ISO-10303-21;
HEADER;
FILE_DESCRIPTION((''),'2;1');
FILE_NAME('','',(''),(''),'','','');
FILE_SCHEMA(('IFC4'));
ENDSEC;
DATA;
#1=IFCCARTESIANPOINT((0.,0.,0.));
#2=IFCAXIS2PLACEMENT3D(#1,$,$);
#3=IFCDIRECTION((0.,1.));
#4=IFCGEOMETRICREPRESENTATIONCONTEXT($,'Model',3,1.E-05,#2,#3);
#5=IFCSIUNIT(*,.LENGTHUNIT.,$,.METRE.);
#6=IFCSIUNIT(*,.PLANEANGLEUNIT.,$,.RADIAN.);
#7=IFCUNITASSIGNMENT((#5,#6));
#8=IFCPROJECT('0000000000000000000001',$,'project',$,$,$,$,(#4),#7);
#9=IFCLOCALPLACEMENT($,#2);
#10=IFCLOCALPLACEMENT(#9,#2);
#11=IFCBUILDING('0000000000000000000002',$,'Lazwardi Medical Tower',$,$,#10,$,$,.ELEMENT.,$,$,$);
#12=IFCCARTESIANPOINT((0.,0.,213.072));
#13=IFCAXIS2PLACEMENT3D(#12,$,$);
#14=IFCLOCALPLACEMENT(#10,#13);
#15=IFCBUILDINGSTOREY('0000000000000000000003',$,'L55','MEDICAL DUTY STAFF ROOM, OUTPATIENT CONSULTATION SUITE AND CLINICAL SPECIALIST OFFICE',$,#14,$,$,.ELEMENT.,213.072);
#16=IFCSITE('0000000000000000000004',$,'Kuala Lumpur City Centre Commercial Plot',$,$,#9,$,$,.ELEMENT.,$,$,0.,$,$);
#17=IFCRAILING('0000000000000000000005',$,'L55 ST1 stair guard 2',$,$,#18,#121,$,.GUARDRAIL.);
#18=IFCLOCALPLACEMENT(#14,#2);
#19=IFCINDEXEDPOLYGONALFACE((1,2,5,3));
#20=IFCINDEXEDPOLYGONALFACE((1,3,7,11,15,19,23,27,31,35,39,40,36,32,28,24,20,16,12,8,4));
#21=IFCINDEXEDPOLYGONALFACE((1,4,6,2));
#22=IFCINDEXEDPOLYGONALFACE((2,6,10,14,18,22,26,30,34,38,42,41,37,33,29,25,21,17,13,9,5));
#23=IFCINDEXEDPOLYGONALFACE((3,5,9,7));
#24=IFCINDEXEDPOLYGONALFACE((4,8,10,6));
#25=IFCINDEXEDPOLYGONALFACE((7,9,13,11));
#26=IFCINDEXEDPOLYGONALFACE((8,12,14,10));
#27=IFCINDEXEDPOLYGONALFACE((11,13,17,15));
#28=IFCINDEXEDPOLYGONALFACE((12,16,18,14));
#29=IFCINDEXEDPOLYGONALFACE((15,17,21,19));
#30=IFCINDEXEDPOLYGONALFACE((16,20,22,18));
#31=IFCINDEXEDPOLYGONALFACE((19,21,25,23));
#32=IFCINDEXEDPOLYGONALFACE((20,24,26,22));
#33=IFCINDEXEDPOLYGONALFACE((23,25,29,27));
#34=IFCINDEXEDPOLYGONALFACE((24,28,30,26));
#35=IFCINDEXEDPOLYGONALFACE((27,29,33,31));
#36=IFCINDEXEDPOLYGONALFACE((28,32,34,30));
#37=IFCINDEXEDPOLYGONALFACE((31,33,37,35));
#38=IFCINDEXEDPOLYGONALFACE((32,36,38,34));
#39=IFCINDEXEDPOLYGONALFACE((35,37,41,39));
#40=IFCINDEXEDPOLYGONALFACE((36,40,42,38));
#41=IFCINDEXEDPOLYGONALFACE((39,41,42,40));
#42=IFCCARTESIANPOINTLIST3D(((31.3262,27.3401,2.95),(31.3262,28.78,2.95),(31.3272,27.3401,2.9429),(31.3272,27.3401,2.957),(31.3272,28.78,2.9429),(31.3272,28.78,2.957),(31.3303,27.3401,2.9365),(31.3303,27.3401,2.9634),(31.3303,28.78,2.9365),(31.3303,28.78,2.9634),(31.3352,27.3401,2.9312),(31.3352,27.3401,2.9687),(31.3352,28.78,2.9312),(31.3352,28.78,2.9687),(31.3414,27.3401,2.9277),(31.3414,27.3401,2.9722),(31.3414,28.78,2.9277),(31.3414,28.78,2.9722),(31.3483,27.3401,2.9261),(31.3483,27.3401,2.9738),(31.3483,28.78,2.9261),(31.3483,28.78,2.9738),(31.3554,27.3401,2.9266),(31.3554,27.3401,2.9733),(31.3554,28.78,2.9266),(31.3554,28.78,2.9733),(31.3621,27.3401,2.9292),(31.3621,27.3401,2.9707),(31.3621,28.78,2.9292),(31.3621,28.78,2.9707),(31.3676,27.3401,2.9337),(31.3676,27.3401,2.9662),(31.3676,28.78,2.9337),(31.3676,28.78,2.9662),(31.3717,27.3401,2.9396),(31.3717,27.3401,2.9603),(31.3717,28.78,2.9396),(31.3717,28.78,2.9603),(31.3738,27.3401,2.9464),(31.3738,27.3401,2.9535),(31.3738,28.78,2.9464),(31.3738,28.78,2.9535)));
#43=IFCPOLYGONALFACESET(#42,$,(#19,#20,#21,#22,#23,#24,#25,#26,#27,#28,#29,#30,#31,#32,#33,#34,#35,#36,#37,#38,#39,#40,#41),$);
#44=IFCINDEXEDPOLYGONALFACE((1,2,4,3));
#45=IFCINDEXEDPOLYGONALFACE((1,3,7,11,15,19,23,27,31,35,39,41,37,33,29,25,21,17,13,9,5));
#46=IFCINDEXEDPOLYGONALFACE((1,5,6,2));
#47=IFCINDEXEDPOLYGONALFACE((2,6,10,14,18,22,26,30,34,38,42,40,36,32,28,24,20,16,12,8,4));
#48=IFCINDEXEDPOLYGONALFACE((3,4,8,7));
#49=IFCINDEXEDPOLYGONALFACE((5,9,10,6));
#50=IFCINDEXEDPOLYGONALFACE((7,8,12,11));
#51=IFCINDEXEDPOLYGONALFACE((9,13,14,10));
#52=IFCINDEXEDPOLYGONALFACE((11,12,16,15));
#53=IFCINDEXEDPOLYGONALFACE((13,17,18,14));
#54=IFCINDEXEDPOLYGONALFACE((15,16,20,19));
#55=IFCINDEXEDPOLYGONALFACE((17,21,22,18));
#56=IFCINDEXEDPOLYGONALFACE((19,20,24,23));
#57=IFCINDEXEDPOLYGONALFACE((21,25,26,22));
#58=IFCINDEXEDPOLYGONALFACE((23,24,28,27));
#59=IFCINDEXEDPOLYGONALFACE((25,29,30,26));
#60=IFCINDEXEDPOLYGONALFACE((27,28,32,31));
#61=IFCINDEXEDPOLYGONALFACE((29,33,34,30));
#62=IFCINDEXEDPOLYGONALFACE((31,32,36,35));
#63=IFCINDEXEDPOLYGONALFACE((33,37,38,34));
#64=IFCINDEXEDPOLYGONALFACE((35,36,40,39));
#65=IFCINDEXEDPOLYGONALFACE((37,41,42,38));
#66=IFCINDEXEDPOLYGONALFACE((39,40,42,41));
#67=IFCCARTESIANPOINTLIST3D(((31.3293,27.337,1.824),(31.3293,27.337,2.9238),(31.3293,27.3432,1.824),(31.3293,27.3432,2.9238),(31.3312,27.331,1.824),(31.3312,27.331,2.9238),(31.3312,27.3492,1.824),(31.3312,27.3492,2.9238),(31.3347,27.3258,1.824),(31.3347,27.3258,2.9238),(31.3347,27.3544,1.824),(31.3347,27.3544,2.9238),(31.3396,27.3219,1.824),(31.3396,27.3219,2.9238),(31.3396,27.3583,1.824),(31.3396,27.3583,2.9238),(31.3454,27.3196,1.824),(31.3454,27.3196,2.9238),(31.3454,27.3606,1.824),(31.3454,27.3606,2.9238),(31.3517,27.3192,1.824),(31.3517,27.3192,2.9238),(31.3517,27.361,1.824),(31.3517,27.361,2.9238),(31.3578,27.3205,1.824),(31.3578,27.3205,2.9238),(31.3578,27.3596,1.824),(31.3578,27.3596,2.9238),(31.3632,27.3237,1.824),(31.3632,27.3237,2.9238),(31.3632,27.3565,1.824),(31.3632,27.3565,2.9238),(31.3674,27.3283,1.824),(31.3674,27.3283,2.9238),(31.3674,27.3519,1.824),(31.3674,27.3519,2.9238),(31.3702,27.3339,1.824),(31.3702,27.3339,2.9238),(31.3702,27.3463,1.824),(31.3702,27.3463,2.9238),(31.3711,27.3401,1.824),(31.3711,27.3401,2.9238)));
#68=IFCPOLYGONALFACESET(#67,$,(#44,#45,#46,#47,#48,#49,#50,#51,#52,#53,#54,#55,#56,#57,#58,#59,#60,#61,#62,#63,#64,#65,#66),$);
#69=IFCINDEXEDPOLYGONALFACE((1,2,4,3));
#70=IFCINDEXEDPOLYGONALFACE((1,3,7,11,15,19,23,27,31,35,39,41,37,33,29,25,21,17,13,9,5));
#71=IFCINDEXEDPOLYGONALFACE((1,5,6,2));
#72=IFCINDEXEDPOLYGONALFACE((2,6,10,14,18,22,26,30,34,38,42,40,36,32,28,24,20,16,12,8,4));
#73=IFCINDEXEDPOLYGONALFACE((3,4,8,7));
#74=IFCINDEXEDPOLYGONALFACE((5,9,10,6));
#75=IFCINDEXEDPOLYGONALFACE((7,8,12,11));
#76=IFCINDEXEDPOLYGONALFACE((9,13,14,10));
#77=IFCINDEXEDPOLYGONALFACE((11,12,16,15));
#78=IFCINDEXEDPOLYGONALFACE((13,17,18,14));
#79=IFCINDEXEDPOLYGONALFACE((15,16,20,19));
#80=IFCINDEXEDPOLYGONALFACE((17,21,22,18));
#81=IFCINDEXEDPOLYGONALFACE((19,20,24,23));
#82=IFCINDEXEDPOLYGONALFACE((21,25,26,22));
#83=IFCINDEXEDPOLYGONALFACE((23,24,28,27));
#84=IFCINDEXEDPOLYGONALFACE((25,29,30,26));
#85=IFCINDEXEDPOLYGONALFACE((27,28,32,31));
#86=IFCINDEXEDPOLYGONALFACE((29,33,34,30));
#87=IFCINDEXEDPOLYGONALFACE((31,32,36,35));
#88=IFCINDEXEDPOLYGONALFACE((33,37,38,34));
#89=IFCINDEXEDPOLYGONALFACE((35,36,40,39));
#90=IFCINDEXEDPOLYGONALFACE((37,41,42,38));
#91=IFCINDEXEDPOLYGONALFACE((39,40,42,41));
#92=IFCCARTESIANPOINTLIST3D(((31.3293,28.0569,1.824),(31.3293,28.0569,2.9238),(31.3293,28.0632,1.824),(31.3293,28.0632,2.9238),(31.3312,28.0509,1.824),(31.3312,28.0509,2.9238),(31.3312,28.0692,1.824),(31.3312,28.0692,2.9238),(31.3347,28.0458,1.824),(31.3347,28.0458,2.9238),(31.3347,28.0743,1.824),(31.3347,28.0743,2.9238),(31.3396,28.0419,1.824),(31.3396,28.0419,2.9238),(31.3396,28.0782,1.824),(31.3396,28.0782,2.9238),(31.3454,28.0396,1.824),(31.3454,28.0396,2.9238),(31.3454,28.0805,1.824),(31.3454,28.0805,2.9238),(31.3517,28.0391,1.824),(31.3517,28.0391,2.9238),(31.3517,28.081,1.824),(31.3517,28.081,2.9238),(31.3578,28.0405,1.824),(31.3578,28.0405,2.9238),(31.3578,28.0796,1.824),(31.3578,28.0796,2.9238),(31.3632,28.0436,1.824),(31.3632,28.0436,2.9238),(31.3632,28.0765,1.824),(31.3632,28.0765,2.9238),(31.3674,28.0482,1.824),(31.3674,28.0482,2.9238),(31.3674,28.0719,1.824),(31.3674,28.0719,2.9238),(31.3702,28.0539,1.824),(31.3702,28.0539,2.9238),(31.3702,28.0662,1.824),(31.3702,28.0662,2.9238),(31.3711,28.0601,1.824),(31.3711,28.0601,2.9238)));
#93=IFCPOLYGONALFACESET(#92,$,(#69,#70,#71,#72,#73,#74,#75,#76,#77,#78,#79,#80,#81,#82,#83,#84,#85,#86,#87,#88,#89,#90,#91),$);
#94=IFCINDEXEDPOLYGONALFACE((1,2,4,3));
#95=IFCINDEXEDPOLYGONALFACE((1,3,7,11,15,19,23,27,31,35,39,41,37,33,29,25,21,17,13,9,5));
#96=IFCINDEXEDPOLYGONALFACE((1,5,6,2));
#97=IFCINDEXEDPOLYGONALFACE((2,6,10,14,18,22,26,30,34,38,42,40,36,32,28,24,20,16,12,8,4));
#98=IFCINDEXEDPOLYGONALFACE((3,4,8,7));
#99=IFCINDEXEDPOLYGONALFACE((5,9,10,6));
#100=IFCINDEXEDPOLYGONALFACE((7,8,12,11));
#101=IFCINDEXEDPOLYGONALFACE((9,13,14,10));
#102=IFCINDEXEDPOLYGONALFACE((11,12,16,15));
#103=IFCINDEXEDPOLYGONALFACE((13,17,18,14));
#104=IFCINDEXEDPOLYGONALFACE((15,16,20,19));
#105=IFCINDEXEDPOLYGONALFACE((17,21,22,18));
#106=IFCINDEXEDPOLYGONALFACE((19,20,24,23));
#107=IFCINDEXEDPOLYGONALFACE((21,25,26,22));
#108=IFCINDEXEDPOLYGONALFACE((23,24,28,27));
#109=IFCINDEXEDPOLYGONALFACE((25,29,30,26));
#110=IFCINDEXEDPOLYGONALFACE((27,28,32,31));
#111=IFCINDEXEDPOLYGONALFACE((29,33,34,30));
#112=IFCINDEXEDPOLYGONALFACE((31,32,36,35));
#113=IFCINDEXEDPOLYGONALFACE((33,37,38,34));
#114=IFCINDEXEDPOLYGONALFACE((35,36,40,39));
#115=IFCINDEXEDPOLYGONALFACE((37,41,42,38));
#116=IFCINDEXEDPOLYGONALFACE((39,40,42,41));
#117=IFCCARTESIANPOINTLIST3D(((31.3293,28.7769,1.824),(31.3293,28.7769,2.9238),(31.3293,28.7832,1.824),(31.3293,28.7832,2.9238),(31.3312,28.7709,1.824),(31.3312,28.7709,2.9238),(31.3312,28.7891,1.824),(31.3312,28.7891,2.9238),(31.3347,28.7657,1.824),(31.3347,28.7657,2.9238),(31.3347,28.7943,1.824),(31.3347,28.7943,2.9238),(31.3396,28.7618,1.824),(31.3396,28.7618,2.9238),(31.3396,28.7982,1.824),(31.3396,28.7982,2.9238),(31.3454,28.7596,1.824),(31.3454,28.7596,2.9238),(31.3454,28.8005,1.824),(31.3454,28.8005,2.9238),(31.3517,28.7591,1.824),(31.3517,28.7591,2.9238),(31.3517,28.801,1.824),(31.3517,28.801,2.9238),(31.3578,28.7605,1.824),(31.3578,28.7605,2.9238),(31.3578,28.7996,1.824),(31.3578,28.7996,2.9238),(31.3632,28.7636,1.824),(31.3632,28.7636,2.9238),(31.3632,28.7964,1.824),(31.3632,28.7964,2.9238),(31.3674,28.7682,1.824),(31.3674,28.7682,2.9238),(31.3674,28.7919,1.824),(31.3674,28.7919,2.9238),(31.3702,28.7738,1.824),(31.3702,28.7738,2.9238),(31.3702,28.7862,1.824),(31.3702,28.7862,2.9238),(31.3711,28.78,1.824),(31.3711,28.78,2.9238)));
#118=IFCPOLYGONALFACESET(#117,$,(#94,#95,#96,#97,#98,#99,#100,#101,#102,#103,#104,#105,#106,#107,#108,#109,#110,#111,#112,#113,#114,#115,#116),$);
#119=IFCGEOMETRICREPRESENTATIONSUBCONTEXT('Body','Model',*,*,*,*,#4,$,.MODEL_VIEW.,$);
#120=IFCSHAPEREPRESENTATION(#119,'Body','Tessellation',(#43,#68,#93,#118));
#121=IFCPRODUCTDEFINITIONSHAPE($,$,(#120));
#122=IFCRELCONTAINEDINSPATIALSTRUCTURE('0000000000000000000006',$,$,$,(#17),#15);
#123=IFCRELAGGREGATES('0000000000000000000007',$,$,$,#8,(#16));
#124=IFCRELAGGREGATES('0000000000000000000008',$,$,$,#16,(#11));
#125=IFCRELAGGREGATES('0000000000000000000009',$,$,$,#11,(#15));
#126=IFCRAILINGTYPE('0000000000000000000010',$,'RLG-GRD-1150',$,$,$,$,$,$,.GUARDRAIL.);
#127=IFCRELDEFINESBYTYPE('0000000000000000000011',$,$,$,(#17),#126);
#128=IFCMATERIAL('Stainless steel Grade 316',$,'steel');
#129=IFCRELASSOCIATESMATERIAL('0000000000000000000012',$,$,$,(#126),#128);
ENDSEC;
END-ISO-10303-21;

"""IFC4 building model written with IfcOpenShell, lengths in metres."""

from ifc_helpers import new_model, si_unit, direction, frame, origin, origin_2d, place, context, subcontext, project, spatial, circle, extrude, material, type_object, element, save


model = new_model("IFC4")

# Units and contexts
model_context = context("Model", 3, precision=1e-05, world=origin(), true_north=direction((0.0, 1.0)))
body_context = subcontext(model_context, "Body", "Model", "MODEL_VIEW")
ifc_project = project(units=[si_unit("LENGTHUNIT", "METRE"), si_unit("PLANEANGLEUNIT", "RADIAN")], contexts=[model_context])

# Site, building, storey
site_placement = place(None, origin())
site = spatial("IfcSite", under=ifc_project, at=site_placement, Name="Kuala Lumpur City Centre Commercial Plot", CompositionType="ELEMENT", RefElevation=0.0)
building_placement = place(site_placement, origin())
building = spatial("IfcBuilding", under=site, at=building_placement, Name="Lazwardi Medical Tower", CompositionType="ELEMENT")
storey_placement = place(building_placement, frame((0.0, 0.0, 213.072)))
storey = spatial("IfcBuildingStorey", under=building, at=storey_placement, Name="L55", Description="MEDICAL DUTY STAFF ROOM, OUTPATIENT CONSULTATION SUITE AND CLINICAL SPECIALIST OFFICE", CompositionType="ELEMENT", Elevation=213.072)

# Railing
ifc_material_1 = material(Name="Stainless steel Grade 316", Category="steel")
railing_type_1 = type_object("IfcRailingType", Name="RLG-GRD-1150", PredefinedType="GUARDRAIL", material=ifc_material_1)
railing_1_placement = place(storey_placement, frame((31.3501, 27.3401, 1.824)))
element("IfcRailing", 1, at=railing_1_placement, inside=storey, type_object=railing_type_1, Name="L55 ST1 stair guard 2", PredefinedType="GUARDRAIL", context=body_context, shape_type="SweptSolid", body=[
    extrude(circle(Radius=0.0239, at=origin_2d()), frame((0.0, 0.0, 1.126), z_axis=(0.0, 1.0, 0.0), x_axis=(-1.0, 0.0, 0.0)), (0.0, 0.0, 1.0), 1.4399),
    extrude(circle(Radius=0.021, at=origin_2d()), origin(), (0.0, 0.0, 1.0), 1.0999),
    extrude(circle(Radius=0.021, at=origin_2d()), frame((0.0, 0.72, 0.0)), (0.0, 0.0, 1.0), 1.0999),
    extrude(circle(Radius=0.021, at=origin_2d()), frame((0.0, 1.4399, 0.0)), (0.0, 0.0, 1.0), 1.0999),
])

save(model, "model.ifc")
